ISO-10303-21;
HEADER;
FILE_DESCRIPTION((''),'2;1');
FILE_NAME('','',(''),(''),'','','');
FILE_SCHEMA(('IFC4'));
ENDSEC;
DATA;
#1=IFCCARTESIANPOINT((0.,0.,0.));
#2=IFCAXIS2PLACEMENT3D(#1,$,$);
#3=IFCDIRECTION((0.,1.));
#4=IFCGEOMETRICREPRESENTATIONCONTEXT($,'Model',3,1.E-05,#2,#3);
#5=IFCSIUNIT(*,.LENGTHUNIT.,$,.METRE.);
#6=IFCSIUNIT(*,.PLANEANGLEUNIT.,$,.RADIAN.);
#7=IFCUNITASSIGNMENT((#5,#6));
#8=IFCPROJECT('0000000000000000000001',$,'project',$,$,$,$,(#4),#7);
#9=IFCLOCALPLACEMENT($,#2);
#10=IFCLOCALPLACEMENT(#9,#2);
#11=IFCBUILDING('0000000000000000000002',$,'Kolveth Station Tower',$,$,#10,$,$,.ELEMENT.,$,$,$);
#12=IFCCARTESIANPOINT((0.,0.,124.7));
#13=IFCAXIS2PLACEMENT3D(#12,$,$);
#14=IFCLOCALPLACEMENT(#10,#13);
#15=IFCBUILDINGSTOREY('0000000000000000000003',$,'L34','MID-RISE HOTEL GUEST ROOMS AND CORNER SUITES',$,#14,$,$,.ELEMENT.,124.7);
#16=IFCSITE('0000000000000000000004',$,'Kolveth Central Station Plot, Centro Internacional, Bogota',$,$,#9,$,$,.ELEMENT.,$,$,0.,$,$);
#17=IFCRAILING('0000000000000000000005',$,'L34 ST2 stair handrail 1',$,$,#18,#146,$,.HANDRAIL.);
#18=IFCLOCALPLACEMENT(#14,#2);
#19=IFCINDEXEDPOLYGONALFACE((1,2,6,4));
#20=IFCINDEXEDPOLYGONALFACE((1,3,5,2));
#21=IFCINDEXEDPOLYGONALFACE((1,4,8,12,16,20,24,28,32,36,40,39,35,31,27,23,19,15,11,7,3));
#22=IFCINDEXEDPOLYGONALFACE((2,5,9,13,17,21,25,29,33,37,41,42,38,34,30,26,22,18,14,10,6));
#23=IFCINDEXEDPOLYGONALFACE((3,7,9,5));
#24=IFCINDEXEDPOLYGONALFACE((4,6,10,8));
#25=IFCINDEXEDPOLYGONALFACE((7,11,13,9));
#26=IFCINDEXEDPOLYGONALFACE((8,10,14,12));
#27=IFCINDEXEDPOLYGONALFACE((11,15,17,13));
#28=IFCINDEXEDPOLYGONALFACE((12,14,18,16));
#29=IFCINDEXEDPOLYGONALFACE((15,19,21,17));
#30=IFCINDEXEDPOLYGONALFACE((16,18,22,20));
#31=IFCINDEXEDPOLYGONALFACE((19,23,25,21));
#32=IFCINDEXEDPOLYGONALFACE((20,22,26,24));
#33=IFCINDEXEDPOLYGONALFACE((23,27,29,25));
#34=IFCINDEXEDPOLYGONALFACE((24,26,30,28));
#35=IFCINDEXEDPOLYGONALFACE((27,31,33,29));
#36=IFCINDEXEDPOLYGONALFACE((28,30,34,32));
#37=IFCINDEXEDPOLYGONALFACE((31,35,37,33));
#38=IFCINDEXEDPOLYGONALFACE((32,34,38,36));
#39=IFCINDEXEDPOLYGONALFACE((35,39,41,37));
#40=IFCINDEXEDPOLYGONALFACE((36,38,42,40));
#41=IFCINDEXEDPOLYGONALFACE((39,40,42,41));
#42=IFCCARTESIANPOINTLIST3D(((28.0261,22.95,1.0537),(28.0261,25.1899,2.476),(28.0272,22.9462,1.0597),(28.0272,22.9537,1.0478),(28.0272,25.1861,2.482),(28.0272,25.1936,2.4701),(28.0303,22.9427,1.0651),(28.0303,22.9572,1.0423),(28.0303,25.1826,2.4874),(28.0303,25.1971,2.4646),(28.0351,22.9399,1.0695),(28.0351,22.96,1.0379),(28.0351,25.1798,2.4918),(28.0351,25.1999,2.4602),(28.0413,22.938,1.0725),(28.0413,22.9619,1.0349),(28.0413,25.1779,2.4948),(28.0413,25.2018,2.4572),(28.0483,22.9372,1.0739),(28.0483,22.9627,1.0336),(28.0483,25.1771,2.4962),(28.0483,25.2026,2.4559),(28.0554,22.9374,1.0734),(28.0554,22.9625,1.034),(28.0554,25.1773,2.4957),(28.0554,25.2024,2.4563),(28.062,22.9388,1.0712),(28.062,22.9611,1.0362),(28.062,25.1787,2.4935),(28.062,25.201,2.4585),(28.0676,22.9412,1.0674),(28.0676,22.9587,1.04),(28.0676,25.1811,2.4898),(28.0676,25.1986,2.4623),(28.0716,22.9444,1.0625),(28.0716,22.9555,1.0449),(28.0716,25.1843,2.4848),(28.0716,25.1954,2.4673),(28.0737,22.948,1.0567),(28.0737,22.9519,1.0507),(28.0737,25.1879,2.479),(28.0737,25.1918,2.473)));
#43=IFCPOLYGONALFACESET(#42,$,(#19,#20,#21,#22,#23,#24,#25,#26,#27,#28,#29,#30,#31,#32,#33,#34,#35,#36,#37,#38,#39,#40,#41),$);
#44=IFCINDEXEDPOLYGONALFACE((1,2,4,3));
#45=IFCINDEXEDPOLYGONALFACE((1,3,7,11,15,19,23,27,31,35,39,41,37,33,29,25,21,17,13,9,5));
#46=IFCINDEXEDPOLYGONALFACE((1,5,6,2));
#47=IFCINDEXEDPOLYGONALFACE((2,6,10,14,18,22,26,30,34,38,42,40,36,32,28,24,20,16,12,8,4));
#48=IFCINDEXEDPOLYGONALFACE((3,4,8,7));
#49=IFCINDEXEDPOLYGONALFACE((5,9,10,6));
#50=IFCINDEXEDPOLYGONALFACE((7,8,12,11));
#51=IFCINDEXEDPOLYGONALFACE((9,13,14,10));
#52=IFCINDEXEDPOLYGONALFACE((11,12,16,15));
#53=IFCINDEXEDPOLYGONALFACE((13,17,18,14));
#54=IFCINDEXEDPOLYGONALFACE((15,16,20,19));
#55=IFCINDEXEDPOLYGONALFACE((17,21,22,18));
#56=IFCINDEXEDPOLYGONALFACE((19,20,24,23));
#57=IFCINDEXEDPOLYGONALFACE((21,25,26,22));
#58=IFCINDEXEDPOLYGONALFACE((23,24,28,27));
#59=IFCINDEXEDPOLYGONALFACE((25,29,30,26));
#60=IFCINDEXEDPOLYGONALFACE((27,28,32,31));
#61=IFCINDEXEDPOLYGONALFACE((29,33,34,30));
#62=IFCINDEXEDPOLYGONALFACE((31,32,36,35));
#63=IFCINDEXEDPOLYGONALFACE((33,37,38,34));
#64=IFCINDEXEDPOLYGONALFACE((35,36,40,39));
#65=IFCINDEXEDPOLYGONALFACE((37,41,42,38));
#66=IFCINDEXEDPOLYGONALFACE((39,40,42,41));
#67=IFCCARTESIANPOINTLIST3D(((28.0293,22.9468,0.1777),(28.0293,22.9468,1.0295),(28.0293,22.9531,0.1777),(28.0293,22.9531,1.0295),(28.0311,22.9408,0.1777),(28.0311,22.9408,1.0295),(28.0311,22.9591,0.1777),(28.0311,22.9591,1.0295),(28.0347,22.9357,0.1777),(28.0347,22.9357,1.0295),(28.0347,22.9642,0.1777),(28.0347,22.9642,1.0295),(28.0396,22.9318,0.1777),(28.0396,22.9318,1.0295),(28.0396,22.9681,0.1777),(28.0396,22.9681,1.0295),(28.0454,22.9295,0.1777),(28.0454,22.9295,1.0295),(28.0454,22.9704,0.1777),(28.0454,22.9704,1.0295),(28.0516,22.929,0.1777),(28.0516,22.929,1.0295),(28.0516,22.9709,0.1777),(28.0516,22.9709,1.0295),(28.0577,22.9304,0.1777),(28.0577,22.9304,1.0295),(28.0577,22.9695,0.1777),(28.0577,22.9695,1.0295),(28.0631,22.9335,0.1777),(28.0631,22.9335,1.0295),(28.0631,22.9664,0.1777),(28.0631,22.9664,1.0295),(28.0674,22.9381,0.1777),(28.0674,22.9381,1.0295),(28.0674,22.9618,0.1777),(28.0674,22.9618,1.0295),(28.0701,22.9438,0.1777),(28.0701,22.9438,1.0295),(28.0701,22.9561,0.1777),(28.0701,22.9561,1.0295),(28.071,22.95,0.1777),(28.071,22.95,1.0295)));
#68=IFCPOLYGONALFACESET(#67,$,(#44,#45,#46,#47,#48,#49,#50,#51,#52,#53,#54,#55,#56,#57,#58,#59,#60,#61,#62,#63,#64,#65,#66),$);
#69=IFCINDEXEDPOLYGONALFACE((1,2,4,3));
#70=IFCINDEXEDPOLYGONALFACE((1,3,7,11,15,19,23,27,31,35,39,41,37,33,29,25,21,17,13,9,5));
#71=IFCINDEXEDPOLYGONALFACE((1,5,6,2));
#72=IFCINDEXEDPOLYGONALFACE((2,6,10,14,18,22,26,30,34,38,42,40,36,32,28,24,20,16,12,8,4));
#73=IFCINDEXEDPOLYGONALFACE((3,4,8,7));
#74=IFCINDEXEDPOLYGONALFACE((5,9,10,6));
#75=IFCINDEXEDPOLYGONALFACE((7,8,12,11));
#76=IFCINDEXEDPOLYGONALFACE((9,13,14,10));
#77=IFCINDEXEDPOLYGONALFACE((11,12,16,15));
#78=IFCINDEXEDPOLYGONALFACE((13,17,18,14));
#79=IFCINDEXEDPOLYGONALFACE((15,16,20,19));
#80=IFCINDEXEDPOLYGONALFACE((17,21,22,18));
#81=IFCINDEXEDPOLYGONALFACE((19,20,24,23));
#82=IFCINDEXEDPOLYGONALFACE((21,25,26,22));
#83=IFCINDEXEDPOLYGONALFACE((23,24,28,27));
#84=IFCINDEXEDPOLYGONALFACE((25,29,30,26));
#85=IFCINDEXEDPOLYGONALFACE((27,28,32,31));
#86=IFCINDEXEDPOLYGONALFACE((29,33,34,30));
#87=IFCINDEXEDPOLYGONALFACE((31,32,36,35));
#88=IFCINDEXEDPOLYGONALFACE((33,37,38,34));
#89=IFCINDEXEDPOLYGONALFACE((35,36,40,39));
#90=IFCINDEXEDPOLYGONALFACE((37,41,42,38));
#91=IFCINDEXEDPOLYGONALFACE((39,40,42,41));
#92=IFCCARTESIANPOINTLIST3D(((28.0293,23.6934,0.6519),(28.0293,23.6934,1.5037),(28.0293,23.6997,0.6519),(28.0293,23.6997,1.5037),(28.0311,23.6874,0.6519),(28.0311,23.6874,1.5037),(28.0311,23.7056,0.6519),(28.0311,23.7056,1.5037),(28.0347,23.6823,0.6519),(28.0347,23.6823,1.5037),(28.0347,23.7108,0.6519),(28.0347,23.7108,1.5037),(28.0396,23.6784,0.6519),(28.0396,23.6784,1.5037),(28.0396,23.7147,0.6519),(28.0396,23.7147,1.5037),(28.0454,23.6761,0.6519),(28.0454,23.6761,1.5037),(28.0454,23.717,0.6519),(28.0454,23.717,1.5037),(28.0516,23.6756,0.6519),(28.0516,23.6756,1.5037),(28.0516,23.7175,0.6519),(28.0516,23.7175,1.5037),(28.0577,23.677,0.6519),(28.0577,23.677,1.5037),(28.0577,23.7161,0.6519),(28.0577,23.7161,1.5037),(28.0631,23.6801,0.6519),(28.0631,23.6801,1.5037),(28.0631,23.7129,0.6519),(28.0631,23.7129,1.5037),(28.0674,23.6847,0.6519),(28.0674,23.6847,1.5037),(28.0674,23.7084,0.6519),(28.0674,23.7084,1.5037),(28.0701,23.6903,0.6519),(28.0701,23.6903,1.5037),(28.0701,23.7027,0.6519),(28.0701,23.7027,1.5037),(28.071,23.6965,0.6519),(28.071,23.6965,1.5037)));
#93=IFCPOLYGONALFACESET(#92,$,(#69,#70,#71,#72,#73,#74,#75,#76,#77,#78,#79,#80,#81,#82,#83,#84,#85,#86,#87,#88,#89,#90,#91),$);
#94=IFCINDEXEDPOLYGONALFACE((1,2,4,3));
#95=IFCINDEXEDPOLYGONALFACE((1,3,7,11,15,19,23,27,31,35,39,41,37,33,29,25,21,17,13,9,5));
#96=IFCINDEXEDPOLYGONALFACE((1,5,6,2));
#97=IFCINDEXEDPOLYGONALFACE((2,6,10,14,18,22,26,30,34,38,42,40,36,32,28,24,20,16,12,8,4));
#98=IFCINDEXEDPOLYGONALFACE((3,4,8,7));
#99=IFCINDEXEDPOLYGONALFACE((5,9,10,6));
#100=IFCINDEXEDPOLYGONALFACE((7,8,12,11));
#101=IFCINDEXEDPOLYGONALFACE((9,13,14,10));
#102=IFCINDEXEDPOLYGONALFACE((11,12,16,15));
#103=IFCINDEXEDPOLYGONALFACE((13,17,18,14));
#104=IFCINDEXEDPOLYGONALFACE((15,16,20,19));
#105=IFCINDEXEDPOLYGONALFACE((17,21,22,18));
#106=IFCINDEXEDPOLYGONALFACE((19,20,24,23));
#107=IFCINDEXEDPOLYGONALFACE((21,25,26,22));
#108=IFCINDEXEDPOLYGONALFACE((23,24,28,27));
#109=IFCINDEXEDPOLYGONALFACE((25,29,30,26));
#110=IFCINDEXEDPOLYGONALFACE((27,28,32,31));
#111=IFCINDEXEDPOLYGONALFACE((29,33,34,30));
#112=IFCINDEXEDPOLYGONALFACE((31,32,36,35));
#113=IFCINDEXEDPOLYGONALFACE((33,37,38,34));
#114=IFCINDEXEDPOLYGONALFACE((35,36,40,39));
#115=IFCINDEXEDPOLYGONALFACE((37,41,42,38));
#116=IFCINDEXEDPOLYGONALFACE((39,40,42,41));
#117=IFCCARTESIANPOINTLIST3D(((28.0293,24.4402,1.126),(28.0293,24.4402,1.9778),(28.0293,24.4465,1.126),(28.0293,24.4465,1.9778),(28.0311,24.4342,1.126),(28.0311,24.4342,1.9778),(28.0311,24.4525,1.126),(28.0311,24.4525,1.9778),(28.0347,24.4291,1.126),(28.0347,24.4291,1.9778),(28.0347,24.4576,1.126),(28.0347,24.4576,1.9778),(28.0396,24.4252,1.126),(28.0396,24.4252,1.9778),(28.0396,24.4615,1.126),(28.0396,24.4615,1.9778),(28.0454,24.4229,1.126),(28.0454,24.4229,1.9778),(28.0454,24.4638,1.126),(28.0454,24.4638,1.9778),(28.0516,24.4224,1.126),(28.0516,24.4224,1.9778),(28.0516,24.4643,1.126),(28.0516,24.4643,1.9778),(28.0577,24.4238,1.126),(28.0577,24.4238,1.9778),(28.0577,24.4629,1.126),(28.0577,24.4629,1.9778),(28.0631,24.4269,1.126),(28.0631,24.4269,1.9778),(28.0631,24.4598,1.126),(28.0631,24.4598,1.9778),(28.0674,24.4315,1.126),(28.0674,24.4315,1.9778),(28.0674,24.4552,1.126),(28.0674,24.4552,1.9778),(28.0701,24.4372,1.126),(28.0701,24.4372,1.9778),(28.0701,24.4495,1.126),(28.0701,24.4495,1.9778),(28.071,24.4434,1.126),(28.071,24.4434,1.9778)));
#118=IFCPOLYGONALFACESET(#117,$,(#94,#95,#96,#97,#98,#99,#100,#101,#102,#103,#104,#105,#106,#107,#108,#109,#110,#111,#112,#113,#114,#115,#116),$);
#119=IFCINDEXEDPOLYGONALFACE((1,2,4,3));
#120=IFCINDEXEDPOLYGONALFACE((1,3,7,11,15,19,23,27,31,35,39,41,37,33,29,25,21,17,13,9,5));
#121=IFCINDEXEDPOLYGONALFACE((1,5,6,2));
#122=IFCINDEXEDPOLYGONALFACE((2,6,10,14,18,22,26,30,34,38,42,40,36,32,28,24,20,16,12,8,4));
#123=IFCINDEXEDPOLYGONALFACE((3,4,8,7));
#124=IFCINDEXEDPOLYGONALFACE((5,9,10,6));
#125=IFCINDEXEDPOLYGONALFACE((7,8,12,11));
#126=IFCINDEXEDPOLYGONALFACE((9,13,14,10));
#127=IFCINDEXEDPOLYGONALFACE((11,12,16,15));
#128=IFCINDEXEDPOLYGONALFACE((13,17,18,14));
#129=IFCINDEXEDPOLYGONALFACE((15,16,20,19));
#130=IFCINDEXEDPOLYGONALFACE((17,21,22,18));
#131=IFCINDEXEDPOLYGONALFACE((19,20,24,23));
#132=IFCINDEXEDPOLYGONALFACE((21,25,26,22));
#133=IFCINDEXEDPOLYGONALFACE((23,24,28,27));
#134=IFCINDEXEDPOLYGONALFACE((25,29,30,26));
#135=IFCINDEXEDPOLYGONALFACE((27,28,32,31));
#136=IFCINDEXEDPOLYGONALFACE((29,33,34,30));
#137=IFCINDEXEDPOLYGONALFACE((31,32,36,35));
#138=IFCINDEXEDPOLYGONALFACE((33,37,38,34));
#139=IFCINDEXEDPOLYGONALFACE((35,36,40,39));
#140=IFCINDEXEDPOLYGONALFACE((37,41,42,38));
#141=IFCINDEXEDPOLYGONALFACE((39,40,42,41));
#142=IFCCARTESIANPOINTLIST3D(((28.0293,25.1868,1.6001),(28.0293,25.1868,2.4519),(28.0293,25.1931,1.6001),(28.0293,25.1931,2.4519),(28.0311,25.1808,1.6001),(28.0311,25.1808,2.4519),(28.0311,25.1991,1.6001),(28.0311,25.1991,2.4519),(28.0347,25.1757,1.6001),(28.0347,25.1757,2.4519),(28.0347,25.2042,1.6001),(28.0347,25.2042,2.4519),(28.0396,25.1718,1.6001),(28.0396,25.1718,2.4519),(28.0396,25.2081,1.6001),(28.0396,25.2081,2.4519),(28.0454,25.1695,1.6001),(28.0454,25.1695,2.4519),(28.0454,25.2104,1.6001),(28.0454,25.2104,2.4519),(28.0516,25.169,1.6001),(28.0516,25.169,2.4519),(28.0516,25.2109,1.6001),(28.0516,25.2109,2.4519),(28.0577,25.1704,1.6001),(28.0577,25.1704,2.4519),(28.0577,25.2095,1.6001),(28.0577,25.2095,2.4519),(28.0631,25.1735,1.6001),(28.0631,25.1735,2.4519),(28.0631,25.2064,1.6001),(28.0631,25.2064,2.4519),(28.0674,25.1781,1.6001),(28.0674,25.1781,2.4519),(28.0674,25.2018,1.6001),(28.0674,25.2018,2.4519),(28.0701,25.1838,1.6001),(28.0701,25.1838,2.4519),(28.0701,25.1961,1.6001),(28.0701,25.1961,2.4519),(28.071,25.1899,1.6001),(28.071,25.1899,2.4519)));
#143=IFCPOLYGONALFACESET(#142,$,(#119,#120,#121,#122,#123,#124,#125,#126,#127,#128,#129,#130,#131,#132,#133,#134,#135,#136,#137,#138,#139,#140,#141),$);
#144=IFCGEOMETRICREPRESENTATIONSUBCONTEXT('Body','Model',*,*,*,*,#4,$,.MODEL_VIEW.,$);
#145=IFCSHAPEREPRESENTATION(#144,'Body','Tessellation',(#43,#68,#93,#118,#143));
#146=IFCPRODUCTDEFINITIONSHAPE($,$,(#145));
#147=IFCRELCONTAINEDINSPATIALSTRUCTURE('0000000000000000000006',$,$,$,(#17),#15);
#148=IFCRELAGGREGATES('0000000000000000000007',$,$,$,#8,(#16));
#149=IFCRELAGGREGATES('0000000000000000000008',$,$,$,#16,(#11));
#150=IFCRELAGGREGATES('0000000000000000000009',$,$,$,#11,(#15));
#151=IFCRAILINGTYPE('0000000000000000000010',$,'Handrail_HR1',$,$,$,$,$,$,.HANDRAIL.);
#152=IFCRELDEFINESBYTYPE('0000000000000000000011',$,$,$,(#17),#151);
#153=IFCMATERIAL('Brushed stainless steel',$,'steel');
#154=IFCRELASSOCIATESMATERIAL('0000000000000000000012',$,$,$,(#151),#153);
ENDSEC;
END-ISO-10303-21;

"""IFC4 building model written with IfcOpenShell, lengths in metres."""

from ifc_helpers import new_model, si_unit, direction, frame, origin, origin_2d, place, context, subcontext, project, spatial, circle, extrude, material, type_object, element, save


model = new_model("IFC4")

# Units and contexts
model_context = context("Model", 3, precision=1e-05, world=origin(), true_north=direction((0.0, 1.0)))
body_context = subcontext(model_context, "Body", "Model", "MODEL_VIEW")
ifc_project = project(units=[si_unit("LENGTHUNIT", "METRE"), si_unit("PLANEANGLEUNIT", "RADIAN")], contexts=[model_context])

# Site, building, storey
site_placement = place(None, origin())
site = spatial("IfcSite", under=ifc_project, at=site_placement, Name="Kolveth Central Station Plot, Centro Internacional, Bogota", CompositionType="ELEMENT", RefElevation=0.0)
building_placement = place(site_placement, origin())
building = spatial("IfcBuilding", under=site, at=building_placement, Name="Kolveth Station Tower", CompositionType="ELEMENT")
storey_placement = place(building_placement, frame((0.0, 0.0, 124.7)))
storey = spatial("IfcBuildingStorey", under=building, at=storey_placement, Name="L34", Description="MID-RISE HOTEL GUEST ROOMS AND CORNER SUITES", CompositionType="ELEMENT", Elevation=124.7)

# Railing
ifc_material_1 = material(Name="Brushed stainless steel", Category="steel")
railing_type_1 = type_object("IfcRailingType", Name="Handrail_HR1", PredefinedType="HANDRAIL", material=ifc_material_1)
railing_1_placement = place(storey_placement, frame((28.05, 22.95, 0.1777)))
element("IfcRailing", 1, at=railing_1_placement, inside=storey, type_object=railing_type_1, Name="L34 ST2 stair handrail 1", PredefinedType="HANDRAIL", context=body_context, shape_type="SweptSolid", body=[
    extrude(circle(Radius=0.0239, at=origin_2d()), frame((0.0, 0.0, 0.876), z_axis=(0.0, 0.844188, 0.536048), x_axis=(-1.0, 0.0, 0.0)), (0.0, 0.0, 1.0), 2.6533),
    extrude(circle(Radius=0.021, at=origin_2d()), origin(), (0.0, 0.0, 1.0), 0.8518),
    extrude(circle(Radius=0.021, at=origin_2d()), frame((0.0, 0.7466, 0.4741)), (0.0, 0.0, 1.0), 0.8518),
    extrude(circle(Radius=0.021, at=origin_2d()), frame((0.0, 1.4934, 0.9482)), (0.0, 0.0, 1.0), 0.8518),
    extrude(circle(Radius=0.021, at=origin_2d()), frame((0.0, 2.24, 1.4224)), (0.0, 0.0, 1.0), 0.8518),
])

save(model, "model.ifc")
